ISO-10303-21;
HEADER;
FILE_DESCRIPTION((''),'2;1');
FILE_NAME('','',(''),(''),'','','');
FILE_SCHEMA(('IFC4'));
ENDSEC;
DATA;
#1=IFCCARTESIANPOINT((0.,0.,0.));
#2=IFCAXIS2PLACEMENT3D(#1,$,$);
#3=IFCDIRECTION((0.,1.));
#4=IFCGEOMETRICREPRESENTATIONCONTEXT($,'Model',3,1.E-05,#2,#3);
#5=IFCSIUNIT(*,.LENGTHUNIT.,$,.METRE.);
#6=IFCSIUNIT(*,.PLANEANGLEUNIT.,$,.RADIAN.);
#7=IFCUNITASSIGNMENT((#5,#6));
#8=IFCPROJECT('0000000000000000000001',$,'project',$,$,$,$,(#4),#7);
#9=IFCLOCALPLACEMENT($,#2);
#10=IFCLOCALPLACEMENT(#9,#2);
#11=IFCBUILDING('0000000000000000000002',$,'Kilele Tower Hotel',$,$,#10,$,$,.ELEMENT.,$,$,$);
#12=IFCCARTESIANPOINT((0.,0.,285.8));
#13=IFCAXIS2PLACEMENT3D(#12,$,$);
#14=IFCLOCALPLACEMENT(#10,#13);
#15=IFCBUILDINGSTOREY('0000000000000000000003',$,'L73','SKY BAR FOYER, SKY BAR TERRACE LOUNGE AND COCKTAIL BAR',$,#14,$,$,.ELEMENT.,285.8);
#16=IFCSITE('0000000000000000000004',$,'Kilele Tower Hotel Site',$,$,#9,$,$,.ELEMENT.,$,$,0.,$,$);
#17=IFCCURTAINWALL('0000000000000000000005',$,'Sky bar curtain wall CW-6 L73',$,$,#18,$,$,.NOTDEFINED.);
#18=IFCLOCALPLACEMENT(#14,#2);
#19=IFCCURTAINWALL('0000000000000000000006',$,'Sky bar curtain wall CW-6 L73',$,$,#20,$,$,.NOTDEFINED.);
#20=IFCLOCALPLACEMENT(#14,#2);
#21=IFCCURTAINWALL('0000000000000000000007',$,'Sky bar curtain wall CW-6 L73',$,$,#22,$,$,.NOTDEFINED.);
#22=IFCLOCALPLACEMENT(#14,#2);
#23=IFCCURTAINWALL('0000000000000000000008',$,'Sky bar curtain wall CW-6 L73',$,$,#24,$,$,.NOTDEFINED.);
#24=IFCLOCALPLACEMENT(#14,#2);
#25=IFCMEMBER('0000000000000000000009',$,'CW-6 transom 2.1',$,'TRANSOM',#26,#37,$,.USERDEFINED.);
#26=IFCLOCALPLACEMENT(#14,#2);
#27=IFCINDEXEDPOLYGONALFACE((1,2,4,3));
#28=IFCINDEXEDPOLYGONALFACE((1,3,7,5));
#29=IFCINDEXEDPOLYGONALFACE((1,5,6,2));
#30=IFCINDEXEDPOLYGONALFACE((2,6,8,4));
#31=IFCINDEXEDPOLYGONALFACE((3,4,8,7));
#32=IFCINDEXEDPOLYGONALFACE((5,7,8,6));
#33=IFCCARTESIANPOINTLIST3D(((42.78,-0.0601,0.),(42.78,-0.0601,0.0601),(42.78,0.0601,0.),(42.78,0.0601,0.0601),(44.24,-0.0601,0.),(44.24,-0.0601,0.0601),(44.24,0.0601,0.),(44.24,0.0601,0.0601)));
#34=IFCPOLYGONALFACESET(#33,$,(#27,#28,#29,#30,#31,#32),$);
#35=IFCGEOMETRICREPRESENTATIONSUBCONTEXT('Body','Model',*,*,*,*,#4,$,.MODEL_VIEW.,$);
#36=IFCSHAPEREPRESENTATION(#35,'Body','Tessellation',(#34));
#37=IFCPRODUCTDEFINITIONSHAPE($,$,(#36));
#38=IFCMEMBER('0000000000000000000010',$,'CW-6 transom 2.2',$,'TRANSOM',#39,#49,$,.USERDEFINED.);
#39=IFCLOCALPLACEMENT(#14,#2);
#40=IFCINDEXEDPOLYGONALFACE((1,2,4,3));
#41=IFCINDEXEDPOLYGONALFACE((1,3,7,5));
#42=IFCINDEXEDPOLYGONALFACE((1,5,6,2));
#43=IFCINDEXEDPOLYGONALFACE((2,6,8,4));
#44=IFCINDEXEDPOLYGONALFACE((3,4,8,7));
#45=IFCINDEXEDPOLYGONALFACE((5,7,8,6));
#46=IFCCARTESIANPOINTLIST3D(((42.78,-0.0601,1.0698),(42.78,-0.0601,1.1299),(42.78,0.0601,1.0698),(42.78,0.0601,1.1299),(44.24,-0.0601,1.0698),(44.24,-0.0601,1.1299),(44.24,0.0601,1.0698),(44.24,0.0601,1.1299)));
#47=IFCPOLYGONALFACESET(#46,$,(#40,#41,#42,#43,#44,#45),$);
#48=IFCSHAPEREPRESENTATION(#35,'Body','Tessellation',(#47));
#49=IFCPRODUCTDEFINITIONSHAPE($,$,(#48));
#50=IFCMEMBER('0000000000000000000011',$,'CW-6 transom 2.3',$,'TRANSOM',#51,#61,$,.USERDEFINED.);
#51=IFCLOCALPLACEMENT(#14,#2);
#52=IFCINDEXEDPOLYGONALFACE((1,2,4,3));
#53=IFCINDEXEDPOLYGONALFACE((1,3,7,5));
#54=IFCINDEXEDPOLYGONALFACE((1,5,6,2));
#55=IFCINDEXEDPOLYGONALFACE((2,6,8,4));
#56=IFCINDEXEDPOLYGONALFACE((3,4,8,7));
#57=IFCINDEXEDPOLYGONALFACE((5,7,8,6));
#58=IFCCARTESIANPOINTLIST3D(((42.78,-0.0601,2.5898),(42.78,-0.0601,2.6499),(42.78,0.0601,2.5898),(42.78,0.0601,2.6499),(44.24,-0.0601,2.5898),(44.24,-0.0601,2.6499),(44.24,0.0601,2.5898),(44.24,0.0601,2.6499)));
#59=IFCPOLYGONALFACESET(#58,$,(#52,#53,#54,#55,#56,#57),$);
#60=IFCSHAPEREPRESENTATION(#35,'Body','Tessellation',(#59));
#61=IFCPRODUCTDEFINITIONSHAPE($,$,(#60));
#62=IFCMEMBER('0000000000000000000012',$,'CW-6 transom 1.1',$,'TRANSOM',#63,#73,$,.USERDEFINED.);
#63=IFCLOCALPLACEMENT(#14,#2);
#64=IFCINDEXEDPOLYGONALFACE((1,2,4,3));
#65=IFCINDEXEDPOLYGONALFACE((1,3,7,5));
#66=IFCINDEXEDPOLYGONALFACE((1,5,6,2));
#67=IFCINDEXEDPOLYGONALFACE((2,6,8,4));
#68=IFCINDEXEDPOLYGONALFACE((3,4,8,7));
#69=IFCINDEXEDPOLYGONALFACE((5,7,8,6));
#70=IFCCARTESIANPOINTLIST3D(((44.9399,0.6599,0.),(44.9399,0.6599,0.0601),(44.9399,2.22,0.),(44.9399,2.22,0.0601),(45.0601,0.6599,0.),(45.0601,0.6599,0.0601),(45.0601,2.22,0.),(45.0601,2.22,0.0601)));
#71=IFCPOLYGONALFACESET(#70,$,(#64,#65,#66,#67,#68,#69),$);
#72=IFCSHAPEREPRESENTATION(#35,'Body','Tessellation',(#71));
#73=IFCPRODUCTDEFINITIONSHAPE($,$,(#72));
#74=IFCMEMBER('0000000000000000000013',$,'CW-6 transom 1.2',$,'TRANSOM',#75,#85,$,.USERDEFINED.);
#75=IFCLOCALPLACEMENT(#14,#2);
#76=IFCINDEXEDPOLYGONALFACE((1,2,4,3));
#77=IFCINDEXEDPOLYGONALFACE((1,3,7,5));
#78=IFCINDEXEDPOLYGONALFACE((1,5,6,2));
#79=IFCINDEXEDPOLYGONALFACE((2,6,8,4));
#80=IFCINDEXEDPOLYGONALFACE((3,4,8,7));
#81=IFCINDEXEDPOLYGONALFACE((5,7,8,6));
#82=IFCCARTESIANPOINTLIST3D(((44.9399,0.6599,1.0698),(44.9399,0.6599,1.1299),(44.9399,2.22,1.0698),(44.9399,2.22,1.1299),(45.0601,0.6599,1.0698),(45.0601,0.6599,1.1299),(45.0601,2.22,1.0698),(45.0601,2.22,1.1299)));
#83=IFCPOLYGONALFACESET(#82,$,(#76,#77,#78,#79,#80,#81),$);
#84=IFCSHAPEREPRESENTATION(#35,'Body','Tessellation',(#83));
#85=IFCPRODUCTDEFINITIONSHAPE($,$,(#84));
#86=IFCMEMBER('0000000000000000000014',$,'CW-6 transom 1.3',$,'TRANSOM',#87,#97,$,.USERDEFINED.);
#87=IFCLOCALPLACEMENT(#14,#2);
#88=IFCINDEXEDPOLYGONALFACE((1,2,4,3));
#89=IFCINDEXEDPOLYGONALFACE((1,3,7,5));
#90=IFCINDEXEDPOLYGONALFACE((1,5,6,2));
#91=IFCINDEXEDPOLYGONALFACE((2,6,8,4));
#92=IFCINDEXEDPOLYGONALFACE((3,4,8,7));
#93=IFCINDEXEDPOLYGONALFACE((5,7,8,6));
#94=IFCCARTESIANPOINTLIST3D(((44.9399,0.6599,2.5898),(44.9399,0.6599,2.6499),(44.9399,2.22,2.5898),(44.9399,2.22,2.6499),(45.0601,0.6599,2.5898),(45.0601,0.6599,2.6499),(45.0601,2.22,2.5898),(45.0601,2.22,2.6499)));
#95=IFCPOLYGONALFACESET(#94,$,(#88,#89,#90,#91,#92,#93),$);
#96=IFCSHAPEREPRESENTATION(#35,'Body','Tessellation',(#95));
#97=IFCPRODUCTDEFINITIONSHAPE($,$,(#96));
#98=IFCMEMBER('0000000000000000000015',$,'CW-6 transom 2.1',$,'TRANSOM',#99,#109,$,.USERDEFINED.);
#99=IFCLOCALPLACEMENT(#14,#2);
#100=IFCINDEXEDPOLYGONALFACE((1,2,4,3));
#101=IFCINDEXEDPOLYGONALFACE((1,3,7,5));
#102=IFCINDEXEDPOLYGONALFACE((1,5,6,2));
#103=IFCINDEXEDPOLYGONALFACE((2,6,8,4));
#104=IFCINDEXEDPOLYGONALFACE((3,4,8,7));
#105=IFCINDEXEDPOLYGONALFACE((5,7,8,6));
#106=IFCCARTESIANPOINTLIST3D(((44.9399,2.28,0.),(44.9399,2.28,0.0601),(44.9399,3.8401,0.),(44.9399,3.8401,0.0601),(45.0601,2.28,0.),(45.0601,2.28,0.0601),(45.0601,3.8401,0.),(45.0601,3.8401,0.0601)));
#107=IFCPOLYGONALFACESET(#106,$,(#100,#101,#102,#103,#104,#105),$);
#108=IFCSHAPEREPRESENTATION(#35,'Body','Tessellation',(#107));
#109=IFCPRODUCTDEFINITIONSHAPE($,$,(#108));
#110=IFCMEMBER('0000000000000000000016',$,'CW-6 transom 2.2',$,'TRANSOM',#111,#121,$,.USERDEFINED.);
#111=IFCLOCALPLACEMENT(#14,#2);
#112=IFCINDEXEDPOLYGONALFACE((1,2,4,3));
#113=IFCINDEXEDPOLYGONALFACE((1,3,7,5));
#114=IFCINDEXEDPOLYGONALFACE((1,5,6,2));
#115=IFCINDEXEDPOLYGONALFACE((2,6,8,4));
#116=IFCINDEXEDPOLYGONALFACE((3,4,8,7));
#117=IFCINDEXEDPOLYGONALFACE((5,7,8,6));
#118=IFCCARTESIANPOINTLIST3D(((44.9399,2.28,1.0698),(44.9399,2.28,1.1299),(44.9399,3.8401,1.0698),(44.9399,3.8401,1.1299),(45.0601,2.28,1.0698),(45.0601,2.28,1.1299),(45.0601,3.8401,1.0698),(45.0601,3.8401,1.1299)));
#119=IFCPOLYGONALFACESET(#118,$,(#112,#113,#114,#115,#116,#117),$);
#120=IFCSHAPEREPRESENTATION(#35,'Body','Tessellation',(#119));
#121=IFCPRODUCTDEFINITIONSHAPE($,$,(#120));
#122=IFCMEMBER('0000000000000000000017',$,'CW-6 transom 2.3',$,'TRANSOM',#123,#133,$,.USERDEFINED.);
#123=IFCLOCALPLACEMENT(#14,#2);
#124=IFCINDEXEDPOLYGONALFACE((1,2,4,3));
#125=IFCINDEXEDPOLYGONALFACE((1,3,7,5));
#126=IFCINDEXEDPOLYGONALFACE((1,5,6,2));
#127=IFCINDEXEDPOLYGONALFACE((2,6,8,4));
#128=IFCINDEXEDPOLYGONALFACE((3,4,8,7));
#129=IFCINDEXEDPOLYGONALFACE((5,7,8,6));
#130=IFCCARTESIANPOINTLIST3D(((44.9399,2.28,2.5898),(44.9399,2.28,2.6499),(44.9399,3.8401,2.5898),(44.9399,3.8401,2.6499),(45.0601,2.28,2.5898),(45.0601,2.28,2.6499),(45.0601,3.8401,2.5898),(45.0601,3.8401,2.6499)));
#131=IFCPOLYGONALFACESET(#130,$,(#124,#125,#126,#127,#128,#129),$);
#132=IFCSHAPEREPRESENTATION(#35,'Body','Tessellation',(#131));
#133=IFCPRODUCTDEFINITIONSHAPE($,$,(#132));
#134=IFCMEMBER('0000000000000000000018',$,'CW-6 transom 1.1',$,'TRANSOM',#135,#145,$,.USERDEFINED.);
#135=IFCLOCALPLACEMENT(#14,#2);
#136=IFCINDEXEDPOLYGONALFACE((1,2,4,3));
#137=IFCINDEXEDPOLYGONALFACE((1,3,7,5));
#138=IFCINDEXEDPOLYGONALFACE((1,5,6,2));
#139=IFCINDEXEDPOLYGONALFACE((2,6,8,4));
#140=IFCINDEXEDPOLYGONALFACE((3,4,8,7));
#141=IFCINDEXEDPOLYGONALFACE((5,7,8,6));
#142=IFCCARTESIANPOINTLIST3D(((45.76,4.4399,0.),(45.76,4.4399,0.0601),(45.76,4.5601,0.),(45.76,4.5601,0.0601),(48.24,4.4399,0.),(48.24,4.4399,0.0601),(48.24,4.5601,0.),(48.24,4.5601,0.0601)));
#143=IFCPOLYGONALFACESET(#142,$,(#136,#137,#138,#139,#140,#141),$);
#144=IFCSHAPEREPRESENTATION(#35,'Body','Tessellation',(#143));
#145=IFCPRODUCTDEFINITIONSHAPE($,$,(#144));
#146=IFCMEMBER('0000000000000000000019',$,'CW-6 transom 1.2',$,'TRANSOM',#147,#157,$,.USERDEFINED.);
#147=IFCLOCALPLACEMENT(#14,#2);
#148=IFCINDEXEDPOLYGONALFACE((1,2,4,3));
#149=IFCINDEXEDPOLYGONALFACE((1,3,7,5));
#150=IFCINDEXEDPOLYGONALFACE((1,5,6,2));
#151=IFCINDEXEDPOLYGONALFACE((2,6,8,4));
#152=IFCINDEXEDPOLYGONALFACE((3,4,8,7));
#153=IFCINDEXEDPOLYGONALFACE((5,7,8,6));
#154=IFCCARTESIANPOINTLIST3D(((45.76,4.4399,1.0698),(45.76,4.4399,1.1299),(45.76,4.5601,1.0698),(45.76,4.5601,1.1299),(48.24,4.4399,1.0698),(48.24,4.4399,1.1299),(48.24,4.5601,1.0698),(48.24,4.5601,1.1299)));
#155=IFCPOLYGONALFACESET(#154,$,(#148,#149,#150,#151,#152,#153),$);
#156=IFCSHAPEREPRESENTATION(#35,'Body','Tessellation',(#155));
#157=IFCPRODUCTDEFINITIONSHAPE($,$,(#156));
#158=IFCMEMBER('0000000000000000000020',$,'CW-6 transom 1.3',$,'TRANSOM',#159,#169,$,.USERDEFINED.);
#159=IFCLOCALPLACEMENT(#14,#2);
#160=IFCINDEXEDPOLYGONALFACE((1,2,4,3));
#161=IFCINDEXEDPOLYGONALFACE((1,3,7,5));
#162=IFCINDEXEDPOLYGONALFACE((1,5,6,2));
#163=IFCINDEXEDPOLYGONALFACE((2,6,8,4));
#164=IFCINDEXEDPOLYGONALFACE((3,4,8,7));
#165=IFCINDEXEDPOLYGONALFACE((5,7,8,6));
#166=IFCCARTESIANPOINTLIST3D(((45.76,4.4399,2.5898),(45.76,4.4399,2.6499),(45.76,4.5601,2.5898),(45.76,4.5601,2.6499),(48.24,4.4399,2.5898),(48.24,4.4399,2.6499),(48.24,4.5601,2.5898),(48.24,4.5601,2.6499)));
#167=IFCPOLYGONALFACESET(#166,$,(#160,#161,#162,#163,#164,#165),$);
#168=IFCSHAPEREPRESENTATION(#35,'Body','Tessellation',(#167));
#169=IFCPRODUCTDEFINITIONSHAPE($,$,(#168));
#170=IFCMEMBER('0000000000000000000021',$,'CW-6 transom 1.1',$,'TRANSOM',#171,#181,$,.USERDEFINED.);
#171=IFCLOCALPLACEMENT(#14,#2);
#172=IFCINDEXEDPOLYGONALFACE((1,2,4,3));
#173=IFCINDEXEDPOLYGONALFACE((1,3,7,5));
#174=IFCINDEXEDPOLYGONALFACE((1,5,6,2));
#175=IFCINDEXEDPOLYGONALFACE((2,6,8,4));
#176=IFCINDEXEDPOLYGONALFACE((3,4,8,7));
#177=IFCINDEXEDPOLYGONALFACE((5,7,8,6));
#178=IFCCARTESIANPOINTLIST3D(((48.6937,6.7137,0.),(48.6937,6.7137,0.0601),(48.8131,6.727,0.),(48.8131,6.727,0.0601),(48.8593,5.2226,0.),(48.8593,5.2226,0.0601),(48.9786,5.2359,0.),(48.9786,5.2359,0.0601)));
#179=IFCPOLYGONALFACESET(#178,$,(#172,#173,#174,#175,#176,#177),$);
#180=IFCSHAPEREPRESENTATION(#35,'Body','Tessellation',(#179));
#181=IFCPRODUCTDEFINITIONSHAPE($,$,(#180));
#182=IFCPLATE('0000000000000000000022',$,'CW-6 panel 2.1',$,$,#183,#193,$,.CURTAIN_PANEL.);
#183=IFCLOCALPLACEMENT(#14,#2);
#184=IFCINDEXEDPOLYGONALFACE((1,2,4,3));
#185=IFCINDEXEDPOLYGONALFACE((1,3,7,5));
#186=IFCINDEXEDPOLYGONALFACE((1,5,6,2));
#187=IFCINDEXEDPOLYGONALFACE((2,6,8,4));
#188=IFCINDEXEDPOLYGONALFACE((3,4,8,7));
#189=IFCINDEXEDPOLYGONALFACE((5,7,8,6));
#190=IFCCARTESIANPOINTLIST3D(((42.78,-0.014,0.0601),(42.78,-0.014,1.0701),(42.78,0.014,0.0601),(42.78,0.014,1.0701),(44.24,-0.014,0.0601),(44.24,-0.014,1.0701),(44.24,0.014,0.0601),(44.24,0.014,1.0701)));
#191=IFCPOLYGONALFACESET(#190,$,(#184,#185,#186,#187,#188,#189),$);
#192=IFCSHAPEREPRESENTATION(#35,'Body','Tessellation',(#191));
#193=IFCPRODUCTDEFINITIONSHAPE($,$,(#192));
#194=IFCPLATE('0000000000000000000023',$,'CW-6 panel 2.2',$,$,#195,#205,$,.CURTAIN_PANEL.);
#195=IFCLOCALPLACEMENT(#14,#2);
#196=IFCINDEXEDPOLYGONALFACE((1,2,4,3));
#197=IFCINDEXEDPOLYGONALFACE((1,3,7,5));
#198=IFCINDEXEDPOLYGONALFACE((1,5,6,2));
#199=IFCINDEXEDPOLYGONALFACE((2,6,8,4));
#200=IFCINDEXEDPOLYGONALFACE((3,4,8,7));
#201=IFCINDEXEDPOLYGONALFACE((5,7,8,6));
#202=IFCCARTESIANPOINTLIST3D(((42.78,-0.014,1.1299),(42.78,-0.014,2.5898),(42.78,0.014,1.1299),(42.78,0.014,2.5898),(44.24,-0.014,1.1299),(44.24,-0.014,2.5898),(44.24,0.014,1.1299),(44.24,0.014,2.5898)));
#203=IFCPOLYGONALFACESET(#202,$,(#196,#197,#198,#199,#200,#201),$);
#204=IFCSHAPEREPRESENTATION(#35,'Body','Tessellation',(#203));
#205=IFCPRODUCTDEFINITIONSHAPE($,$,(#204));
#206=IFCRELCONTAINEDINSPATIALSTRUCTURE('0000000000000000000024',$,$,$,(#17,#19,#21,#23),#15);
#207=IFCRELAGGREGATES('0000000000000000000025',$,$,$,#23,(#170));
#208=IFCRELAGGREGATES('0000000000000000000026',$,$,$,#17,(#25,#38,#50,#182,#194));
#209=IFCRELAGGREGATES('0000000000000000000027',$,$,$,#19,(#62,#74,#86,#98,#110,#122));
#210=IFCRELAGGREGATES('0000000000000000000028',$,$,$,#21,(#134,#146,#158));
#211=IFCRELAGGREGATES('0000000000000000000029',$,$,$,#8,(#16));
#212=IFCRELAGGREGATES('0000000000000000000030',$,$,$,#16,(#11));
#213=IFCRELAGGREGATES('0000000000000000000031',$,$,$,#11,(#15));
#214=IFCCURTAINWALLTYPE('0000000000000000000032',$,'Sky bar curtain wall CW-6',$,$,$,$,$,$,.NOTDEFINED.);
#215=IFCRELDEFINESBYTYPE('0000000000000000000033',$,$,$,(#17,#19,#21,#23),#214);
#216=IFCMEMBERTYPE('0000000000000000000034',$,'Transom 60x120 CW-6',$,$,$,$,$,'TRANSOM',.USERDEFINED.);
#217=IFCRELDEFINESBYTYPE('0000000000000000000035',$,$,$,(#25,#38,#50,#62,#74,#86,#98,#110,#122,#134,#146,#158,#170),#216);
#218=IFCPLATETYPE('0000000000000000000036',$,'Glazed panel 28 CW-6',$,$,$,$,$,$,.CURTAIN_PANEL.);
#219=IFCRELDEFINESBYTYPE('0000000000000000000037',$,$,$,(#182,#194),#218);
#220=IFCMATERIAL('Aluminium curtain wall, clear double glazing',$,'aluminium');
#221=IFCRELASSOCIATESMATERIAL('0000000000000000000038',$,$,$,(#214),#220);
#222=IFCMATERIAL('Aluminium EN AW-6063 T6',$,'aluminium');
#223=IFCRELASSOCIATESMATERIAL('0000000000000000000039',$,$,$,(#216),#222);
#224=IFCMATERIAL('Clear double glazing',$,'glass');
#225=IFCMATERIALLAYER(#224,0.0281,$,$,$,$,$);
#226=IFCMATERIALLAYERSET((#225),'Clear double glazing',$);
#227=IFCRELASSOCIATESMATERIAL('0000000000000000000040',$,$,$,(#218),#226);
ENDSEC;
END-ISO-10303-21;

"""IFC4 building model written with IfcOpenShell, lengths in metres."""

from ifc_helpers import new_model, si_unit, direction, frame, origin, origin_2d, place, context, subcontext, project, spatial, rectangle, extrude, material, layer, layer_set, material_profile, profile_set, type_object, element, aggregate, save


model = new_model("IFC4")

# Units and contexts
model_context = context("Model", 3, precision=1e-05, world=origin(), true_north=direction((0.0, 1.0)))
body_context = subcontext(model_context, "Body", "Model", "MODEL_VIEW")
ifc_project = project(units=[si_unit("LENGTHUNIT", "METRE"), si_unit("PLANEANGLEUNIT", "RADIAN")], contexts=[model_context])

# Site, building, storey
site_placement = place(None, origin())
site = spatial("IfcSite", under=ifc_project, at=site_placement, Name="Kilele Tower Hotel Site", CompositionType="ELEMENT", RefElevation=0.0)
building_placement = place(site_placement, origin())
building = spatial("IfcBuilding", under=site, at=building_placement, Name="Kilele Tower Hotel", CompositionType="ELEMENT")
storey_placement = place(building_placement, frame((0.0, 0.0, 285.8)))
storey = spatial("IfcBuildingStorey", under=building, at=storey_placement, Name="L73", Description="SKY BAR FOYER, SKY BAR TERRACE LOUNGE AND COCKTAIL BAR", CompositionType="ELEMENT", Elevation=285.8)

# Curtain walls
ifc_material_1 = material(Name="Aluminium curtain wall, clear double glazing", Category="aluminium")
curtain_wall_type = type_object("IfcCurtainWallType", Name="Sky bar curtain wall CW-6", PredefinedType="NOTDEFINED", material=ifc_material_1)
curtain_wall_1_placement = place(storey_placement, origin())
curtain_wall_1 = element("IfcCurtainWall", 1, at=curtain_wall_1_placement, inside=storey, type_object=curtain_wall_type, Name="Sky bar curtain wall CW-6 L73", PredefinedType="NOTDEFINED")
curtain_wall_2_placement = place(storey_placement, origin())
curtain_wall_2 = element("IfcCurtainWall", 2, at=curtain_wall_2_placement, inside=storey, type_object=curtain_wall_type, Name="Sky bar curtain wall CW-6 L73", PredefinedType="NOTDEFINED")
curtain_wall_3_placement = place(storey_placement, origin())
curtain_wall_3 = element("IfcCurtainWall", 3, at=curtain_wall_3_placement, inside=storey, type_object=curtain_wall_type, Name="Sky bar curtain wall CW-6 L73", PredefinedType="NOTDEFINED")

# Curtain wall
curtain_wall_4_placement = place(storey_placement, origin())
curtain_wall_4 = element("IfcCurtainWall", 4, at=curtain_wall_4_placement, inside=storey, type_object=curtain_wall_type, Name="Sky bar curtain wall CW-6 L73", PredefinedType="NOTDEFINED")

# Members
ifc_material_2 = material(Name="Aluminium EN AW-6063 T6", Category="aluminium")
ifc_material_profile_1 = material_profile(ifc_material_2, rectangle(XDim=0.1201, YDim=0.0601, at=origin_2d()))
ifc_profile_set_1 = profile_set([ifc_material_profile_1], Name="Aluminium EN AW-6063 T6")
member_type_1 = type_object("IfcMemberType", Name="Transom 60x120 CW-6", ElementType="TRANSOM", PredefinedType="USERDEFINED", material=ifc_profile_set_1)
member_1_placement = place(storey_placement, frame((42.78, 0.0, 0.03), z_axis=(1.0, 0.0, 0.0), x_axis=(0.0, 1.0, 0.0)))
member_1 = element("IfcMember", 5, at=member_1_placement, type_object=member_type_1, Name="CW-6 transom 2.1", ObjectType="TRANSOM", PredefinedType="USERDEFINED", context=body_context, shape_type="SweptSolid", body=[
    extrude(rectangle(XDim=0.1201, YDim=0.0601, at=origin_2d()), origin(), (0.0, 0.0, 1.0), 1.46),
])
member_2_placement = place(storey_placement, frame((42.78, 0.0, 1.0999), z_axis=(1.0, 0.0, 0.0), x_axis=(0.0, 1.0, 0.0)))
member_2 = element("IfcMember", 6, at=member_2_placement, type_object=member_type_1, Name="CW-6 transom 2.2", ObjectType="TRANSOM", PredefinedType="USERDEFINED", context=body_context, shape_type="SweptSolid", body=[
    extrude(rectangle(XDim=0.1201, YDim=0.0601, at=origin_2d()), origin(), (0.0, 0.0, 1.0), 1.46),
])
member_3_placement = place(storey_placement, frame((42.78, 0.0, 2.6199), z_axis=(1.0, 0.0, 0.0), x_axis=(0.0, 1.0, 0.0)))
member_3 = element("IfcMember", 7, at=member_3_placement, type_object=member_type_1, Name="CW-6 transom 2.3", ObjectType="TRANSOM", PredefinedType="USERDEFINED", context=body_context, shape_type="SweptSolid", body=[
    extrude(rectangle(XDim=0.1201, YDim=0.0601, at=origin_2d()), origin(), (0.0, 0.0, 1.0), 1.46),
])
member_4_placement = place(storey_placement, frame((45.0, 0.6599, 0.03), z_axis=(0.0, 1.0, 0.0), x_axis=(-1.0, 0.0, 0.0)))
member_4 = element("IfcMember", 8, at=member_4_placement, type_object=member_type_1, Name="CW-6 transom 1.1", ObjectType="TRANSOM", PredefinedType="USERDEFINED", context=body_context, shape_type="SweptSolid", body=[
    extrude(rectangle(XDim=0.1201, YDim=0.0601, at=origin_2d()), origin(), (0.0, 0.0, 1.0), 1.5601),
])
member_5_placement = place(storey_placement, frame((45.0, 0.6599, 1.0999), z_axis=(0.0, 1.0, 0.0), x_axis=(-1.0, 0.0, 0.0)))
member_5 = element("IfcMember", 9, at=member_5_placement, type_object=member_type_1, Name="CW-6 transom 1.2", ObjectType="TRANSOM", PredefinedType="USERDEFINED", context=body_context, shape_type="SweptSolid", body=[
    extrude(rectangle(XDim=0.1201, YDim=0.0601, at=origin_2d()), origin(), (0.0, 0.0, 1.0), 1.5601),
])
member_6_placement = place(storey_placement, frame((45.0, 0.6599, 2.6199), z_axis=(0.0, 1.0, 0.0), x_axis=(-1.0, 0.0, 0.0)))
member_6 = element("IfcMember", 10, at=member_6_placement, type_object=member_type_1, Name="CW-6 transom 1.3", ObjectType="TRANSOM", PredefinedType="USERDEFINED", context=body_context, shape_type="SweptSolid", body=[
    extrude(rectangle(XDim=0.1201, YDim=0.0601, at=origin_2d()), origin(), (0.0, 0.0, 1.0), 1.5601),
])
member_7_placement = place(storey_placement, frame((45.0, 2.28, 0.03), z_axis=(0.0, 1.0, 0.0), x_axis=(-1.0, 0.0, 0.0)))
member_7 = element("IfcMember", 11, at=member_7_placement, type_object=member_type_1, Name="CW-6 transom 2.1", ObjectType="TRANSOM", PredefinedType="USERDEFINED", context=body_context, shape_type="SweptSolid", body=[
    extrude(rectangle(XDim=0.1201, YDim=0.0601, at=origin_2d()), origin(), (0.0, 0.0, 1.0), 1.5601),
])
member_8_placement = place(storey_placement, frame((45.0, 2.28, 1.0999), z_axis=(0.0, 1.0, 0.0), x_axis=(-1.0, 0.0, 0.0)))
member_8 = element("IfcMember", 12, at=member_8_placement, type_object=member_type_1, Name="CW-6 transom 2.2", ObjectType="TRANSOM", PredefinedType="USERDEFINED", context=body_context, shape_type="SweptSolid", body=[
    extrude(rectangle(XDim=0.1201, YDim=0.0601, at=origin_2d()), origin(), (0.0, 0.0, 1.0), 1.5601),
])
member_9_placement = place(storey_placement, frame((45.0, 2.28, 2.6199), z_axis=(0.0, 1.0, 0.0), x_axis=(-1.0, 0.0, 0.0)))
member_9 = element("IfcMember", 13, at=member_9_placement, type_object=member_type_1, Name="CW-6 transom 2.3", ObjectType="TRANSOM", PredefinedType="USERDEFINED", context=body_context, shape_type="SweptSolid", body=[
    extrude(rectangle(XDim=0.1201, YDim=0.0601, at=origin_2d()), origin(), (0.0, 0.0, 1.0), 1.5601),
])
member_10_placement = place(storey_placement, frame((45.76, 4.5, 0.03), z_axis=(1.0, 0.0, 0.0), x_axis=(0.0, 1.0, 0.0)))
member_10 = element("IfcMember", 14, at=member_10_placement, type_object=member_type_1, Name="CW-6 transom 1.1", ObjectType="TRANSOM", PredefinedType="USERDEFINED", context=body_context, shape_type="SweptSolid", body=[
    extrude(rectangle(XDim=0.1201, YDim=0.0601, at=origin_2d()), origin(), (0.0, 0.0, 1.0), 2.48),
])
member_11_placement = place(storey_placement, frame((45.76, 4.5, 1.0999), z_axis=(1.0, 0.0, 0.0), x_axis=(0.0, 1.0, 0.0)))
member_11 = element("IfcMember", 15, at=member_11_placement, type_object=member_type_1, Name="CW-6 transom 1.2", ObjectType="TRANSOM", PredefinedType="USERDEFINED", context=body_context, shape_type="SweptSolid", body=[
    extrude(rectangle(XDim=0.1201, YDim=0.0601, at=origin_2d()), origin(), (0.0, 0.0, 1.0), 2.48),
])
member_12_placement = place(storey_placement, frame((45.76, 4.5, 2.6199), z_axis=(1.0, 0.0, 0.0), x_axis=(0.0, 1.0, 0.0)))
member_12 = element("IfcMember", 16, at=member_12_placement, type_object=member_type_1, Name="CW-6 transom 1.3", ObjectType="TRANSOM", PredefinedType="USERDEFINED", context=body_context, shape_type="SweptSolid", body=[
    extrude(rectangle(XDim=0.1201, YDim=0.0601, at=origin_2d()), origin(), (0.0, 0.0, 1.0), 2.48),
])
member_13_placement = place(storey_placement, frame((48.9189, 5.2292, 0.03), z_axis=(-0.110342, 0.993894, 0.0), x_axis=(-0.993894, -0.110342, 0.0)))
member_13 = element("IfcMember", 17, at=member_13_placement, type_object=member_type_1, Name="CW-6 transom 1.1", ObjectType="TRANSOM", PredefinedType="USERDEFINED", context=body_context, shape_type="SweptSolid", body=[
    extrude(rectangle(XDim=0.1201, YDim=0.0601, at=origin_2d()), origin(), (0.0, 0.0, 1.0), 1.5002),
])
aggregate(curtain_wall_4, [member_13])

# Plates
ifc_material_3 = material(Name="Clear double glazing", Category="glass")
ifc_layer = layer(ifc_material_3, 0.0281)
ifc_layer_set = layer_set([ifc_layer], Name="Clear double glazing")
plate_type = type_object("IfcPlateType", Name="Glazed panel 28 CW-6", PredefinedType="CURTAIN_PANEL", material=ifc_layer_set)
plate_1_placement = place(storey_placement, frame((43.51, 0.0, 0.0601), z_axis=(0.0, 0.0, 1.0), x_axis=(1.0, 0.0, 0.0)))
plate_1 = element("IfcPlate", 18, at=plate_1_placement, type_object=plate_type, Name="CW-6 panel 2.1", PredefinedType="CURTAIN_PANEL", context=body_context, shape_type="SweptSolid", body=[
    extrude(rectangle(XDim=1.46, YDim=0.0281, at=origin_2d()), origin(), (0.0, 0.0, 1.0), 1.01),
])
plate_2_placement = place(storey_placement, frame((43.51, 0.0, 1.1299), z_axis=(0.0, 0.0, 1.0), x_axis=(1.0, 0.0, 0.0)))
plate_2 = element("IfcPlate", 19, at=plate_2_placement, type_object=plate_type, Name="CW-6 panel 2.2", PredefinedType="CURTAIN_PANEL", context=body_context, shape_type="SweptSolid", body=[
    extrude(rectangle(XDim=1.46, YDim=0.0281, at=origin_2d()), origin(), (0.0, 0.0, 1.0), 1.46),
])
aggregate(curtain_wall_1, [member_1, member_2, member_3, plate_1, plate_2])
aggregate(curtain_wall_2, [member_4, member_5, member_6, member_7, member_8, member_9])
aggregate(curtain_wall_3, [member_10, member_11, member_12])

save(model, "model.ifc")
